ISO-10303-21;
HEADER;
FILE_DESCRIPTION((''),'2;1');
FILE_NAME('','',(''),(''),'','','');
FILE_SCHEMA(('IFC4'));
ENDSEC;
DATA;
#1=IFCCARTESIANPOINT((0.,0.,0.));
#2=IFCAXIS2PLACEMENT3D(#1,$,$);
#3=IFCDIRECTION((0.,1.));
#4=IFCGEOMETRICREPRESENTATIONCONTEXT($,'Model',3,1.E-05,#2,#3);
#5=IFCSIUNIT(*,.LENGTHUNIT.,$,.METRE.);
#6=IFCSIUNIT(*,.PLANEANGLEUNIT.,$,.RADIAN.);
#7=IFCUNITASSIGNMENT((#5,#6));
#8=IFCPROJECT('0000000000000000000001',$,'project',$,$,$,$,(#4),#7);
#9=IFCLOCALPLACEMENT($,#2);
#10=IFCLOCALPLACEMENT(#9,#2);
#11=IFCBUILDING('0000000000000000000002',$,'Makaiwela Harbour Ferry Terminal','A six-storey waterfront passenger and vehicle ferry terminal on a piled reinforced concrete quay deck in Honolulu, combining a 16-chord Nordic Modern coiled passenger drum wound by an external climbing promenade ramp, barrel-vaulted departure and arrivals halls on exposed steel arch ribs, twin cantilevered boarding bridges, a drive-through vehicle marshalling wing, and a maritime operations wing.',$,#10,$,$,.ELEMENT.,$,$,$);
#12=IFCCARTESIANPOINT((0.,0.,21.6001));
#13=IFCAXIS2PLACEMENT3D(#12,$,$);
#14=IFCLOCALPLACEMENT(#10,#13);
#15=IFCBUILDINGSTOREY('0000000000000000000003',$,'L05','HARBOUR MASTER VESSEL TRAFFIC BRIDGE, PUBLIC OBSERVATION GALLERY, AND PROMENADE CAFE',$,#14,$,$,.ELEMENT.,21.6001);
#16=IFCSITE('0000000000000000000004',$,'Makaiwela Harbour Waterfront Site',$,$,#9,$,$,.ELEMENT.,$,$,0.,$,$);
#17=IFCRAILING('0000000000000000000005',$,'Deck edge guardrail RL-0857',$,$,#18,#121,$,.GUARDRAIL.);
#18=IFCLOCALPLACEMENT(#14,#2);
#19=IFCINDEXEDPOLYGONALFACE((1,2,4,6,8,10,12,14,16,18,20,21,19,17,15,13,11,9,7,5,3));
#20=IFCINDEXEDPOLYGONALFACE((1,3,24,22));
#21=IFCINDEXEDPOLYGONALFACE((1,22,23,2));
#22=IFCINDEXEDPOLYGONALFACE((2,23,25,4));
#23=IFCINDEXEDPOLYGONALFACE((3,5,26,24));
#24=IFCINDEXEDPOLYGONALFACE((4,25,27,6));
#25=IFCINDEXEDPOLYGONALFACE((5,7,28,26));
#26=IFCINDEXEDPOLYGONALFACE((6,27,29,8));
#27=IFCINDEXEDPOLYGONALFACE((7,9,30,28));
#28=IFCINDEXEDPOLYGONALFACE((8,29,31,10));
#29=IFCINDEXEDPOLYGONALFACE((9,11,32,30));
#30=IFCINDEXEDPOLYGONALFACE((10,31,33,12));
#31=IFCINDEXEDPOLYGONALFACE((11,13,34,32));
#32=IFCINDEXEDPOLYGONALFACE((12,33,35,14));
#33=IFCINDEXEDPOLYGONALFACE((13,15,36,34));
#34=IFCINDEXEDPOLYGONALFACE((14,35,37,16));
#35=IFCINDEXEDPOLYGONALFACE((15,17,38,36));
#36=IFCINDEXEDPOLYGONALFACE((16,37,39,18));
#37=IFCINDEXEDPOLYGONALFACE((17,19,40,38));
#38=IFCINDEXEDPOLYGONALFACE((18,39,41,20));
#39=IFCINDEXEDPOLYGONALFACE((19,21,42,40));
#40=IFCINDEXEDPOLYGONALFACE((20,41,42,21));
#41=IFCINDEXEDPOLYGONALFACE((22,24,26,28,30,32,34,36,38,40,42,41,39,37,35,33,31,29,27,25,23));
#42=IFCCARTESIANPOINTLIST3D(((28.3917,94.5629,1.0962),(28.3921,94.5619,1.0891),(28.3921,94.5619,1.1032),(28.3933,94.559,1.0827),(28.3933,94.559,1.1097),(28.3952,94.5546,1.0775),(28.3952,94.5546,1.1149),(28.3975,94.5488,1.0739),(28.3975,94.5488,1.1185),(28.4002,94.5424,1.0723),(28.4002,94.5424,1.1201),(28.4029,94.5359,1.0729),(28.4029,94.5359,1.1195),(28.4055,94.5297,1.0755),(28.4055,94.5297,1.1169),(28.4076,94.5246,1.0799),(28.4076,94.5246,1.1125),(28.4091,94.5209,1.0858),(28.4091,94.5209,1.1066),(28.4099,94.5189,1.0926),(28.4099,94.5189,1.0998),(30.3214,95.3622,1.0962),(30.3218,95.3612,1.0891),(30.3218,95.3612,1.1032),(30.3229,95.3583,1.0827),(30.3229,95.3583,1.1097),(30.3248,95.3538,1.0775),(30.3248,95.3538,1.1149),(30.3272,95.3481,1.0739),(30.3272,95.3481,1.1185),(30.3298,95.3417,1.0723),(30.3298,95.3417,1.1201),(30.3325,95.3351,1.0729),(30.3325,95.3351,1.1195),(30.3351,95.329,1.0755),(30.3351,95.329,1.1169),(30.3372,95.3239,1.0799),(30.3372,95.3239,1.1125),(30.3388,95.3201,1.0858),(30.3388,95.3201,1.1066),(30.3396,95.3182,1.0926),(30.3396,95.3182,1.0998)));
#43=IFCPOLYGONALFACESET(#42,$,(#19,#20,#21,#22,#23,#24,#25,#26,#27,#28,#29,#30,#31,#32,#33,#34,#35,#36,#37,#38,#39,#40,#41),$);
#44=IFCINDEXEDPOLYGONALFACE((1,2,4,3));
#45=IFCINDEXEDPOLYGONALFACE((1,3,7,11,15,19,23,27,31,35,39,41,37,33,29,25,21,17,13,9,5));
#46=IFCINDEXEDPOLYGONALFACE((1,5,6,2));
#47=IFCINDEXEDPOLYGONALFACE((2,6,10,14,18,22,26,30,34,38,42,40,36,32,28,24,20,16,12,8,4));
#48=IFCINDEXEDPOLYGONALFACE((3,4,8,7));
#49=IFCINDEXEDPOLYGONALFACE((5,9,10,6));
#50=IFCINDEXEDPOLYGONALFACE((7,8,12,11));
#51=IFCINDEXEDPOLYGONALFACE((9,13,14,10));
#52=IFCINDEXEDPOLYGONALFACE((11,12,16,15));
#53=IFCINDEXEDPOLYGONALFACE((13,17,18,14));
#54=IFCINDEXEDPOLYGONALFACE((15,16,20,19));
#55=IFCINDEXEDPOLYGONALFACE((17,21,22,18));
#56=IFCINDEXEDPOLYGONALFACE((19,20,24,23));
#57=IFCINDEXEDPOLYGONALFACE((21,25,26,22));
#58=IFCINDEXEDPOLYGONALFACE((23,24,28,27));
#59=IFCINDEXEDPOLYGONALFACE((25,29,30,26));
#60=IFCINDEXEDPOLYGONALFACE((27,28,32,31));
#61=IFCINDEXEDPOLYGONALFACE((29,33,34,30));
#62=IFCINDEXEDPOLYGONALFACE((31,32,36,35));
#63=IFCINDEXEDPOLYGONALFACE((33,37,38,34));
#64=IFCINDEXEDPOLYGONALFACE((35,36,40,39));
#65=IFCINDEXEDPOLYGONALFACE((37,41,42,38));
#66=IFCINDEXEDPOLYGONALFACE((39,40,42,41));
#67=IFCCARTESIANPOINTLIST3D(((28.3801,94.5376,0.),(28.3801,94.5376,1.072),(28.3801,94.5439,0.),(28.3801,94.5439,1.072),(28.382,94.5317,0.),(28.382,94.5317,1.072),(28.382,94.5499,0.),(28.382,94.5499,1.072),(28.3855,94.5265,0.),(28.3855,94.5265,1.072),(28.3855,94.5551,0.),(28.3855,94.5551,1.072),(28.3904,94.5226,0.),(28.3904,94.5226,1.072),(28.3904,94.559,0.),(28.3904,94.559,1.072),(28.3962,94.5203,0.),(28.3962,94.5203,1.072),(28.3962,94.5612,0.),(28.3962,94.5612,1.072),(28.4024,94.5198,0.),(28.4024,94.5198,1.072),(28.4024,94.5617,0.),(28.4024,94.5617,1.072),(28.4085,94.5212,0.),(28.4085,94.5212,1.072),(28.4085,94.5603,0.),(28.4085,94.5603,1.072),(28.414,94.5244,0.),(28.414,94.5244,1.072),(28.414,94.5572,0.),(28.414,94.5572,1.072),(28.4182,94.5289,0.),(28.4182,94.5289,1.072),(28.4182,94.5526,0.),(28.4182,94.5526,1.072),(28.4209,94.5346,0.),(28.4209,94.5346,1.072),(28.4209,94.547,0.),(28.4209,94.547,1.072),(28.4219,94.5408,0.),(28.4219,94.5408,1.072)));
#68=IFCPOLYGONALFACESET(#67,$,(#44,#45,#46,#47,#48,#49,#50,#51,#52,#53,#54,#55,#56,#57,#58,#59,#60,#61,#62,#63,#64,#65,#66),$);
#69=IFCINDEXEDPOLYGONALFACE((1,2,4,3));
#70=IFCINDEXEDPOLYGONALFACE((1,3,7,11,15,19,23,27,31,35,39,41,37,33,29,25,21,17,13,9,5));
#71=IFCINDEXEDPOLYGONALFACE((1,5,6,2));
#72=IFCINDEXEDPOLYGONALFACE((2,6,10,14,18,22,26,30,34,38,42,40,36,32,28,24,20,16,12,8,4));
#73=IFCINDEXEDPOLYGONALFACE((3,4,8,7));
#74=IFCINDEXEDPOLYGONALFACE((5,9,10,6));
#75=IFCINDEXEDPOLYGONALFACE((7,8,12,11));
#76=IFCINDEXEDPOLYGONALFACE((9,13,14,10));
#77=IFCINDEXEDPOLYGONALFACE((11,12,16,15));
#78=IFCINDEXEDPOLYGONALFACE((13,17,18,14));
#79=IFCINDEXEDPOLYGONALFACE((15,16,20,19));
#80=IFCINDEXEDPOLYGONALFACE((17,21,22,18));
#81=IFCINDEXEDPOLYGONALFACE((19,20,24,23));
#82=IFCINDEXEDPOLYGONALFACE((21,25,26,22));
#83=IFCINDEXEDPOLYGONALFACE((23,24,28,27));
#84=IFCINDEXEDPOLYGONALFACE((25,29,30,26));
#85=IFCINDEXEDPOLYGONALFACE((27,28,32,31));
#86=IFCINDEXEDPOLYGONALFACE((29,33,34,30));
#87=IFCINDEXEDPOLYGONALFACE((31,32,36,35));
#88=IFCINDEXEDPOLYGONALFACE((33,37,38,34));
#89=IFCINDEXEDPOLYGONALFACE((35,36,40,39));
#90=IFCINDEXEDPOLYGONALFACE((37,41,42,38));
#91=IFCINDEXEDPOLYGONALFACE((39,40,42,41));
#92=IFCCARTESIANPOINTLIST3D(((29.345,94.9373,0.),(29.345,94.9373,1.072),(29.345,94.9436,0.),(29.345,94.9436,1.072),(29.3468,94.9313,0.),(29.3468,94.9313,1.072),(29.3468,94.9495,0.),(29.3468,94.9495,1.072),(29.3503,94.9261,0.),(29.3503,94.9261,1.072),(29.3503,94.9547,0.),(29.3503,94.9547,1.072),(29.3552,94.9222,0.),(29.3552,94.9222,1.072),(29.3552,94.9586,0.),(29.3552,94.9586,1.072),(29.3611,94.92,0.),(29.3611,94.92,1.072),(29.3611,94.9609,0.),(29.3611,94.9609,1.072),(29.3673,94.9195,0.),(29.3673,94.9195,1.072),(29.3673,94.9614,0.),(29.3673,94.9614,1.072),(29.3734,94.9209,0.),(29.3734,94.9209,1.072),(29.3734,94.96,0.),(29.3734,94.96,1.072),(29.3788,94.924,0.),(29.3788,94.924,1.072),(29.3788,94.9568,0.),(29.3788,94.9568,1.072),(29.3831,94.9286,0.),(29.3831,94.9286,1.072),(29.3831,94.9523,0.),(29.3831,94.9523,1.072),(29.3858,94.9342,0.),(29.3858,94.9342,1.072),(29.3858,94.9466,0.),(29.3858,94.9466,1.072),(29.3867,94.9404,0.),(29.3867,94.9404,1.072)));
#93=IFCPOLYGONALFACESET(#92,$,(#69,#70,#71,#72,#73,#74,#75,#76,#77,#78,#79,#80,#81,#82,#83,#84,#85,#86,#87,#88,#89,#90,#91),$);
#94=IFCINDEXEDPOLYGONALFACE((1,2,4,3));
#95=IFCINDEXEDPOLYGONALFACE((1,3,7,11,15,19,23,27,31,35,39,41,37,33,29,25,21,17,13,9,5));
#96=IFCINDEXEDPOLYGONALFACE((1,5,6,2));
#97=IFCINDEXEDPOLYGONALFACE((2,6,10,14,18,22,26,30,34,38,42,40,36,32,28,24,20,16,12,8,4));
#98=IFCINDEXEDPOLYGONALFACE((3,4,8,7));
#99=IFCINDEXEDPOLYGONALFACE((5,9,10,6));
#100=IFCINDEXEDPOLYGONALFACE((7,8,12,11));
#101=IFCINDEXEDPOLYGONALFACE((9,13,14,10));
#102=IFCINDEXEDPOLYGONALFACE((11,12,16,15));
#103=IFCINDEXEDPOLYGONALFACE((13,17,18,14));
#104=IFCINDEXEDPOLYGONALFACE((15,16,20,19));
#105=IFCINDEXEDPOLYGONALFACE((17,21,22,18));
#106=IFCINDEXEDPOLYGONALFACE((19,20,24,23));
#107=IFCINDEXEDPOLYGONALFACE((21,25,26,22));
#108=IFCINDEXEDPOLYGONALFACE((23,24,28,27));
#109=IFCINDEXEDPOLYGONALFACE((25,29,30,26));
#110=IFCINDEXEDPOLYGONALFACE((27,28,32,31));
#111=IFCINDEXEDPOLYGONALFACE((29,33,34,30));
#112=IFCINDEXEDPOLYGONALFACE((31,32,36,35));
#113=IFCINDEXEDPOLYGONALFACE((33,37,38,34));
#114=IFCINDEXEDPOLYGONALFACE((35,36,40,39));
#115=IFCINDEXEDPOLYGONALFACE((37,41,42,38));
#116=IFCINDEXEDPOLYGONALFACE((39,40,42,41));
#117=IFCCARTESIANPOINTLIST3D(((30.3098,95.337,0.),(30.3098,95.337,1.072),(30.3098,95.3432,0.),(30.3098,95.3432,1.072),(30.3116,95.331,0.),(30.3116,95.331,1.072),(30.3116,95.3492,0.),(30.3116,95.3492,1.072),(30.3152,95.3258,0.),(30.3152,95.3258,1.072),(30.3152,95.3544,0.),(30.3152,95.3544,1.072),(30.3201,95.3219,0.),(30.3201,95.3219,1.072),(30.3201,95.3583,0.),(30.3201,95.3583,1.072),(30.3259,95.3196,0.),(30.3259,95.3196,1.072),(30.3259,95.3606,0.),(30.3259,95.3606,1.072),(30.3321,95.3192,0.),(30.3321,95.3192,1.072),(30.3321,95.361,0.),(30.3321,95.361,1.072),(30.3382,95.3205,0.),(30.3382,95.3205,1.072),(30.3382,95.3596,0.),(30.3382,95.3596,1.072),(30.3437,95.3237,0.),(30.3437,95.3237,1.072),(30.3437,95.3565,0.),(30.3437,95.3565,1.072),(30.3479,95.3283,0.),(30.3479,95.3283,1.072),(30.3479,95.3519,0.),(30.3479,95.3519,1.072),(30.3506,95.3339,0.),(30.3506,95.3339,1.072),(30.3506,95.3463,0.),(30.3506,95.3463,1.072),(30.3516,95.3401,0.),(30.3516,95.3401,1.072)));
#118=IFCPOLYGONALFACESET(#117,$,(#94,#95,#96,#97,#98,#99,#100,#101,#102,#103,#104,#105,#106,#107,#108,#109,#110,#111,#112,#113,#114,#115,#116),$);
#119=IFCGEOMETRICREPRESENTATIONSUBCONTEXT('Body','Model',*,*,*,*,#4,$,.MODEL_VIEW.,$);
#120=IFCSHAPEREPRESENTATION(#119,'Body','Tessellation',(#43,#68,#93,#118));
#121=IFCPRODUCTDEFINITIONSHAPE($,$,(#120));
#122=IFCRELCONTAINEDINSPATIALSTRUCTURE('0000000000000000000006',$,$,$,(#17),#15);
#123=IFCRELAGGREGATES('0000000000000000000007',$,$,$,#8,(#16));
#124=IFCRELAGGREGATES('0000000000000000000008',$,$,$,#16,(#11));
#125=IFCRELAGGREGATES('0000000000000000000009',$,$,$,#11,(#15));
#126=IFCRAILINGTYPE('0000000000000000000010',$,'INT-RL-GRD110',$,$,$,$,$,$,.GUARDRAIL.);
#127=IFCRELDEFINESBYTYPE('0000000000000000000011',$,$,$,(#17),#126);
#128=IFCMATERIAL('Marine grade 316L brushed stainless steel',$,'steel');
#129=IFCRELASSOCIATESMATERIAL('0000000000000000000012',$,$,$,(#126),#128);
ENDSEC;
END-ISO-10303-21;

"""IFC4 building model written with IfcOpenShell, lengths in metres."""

from ifc_helpers import new_model, si_unit, direction, frame, origin, origin_2d, place, context, subcontext, project, spatial, circle, extrude, material, type_object, element, save


model = new_model("IFC4")

# Units and contexts
model_context = context("Model", 3, precision=1e-05, world=origin(), true_north=direction((0.0, 1.0)))
body_context = subcontext(model_context, "Body", "Model", "MODEL_VIEW")
ifc_project = project(units=[si_unit("LENGTHUNIT", "METRE"), si_unit("PLANEANGLEUNIT", "RADIAN")], contexts=[model_context])

# Site, building, storey
site_placement = place(None, origin())
site = spatial("IfcSite", under=ifc_project, at=site_placement, Name="Makaiwela Harbour Waterfront Site", CompositionType="ELEMENT", RefElevation=0.0)
building_placement = place(site_placement, origin())
building = spatial("IfcBuilding", under=site, at=building_placement, Name="Makaiwela Harbour Ferry Terminal", Description="A six-storey waterfront passenger and vehicle ferry terminal on a piled reinforced concrete quay deck in Honolulu, combining a 16-chord Nordic Modern coiled passenger drum wound by an external climbing promenade ramp, barrel-vaulted departure and arrivals halls on exposed steel arch ribs, twin cantilevered boarding bridges, a drive-through vehicle marshalling wing, and a maritime operations wing.", CompositionType="ELEMENT")
storey_placement = place(building_placement, frame((0.0, 0.0, 21.6001)))
storey = spatial("IfcBuildingStorey", under=building, at=storey_placement, Name="L05", Description="HARBOUR MASTER VESSEL TRAFFIC BRIDGE, PUBLIC OBSERVATION GALLERY, AND PROMENADE CAFE", CompositionType="ELEMENT", Elevation=21.6001)

# Railing
ifc_material_1 = material(Name="Marine grade 316L brushed stainless steel", Category="steel")
railing_type = type_object("IfcRailingType", Name="INT-RL-GRD110", PredefinedType="GUARDRAIL", material=ifc_material_1)
for number, where, name in (
    (1, (28.4009, 94.5408, 0.0), "Deck edge guardrail RL-0857"),
):
    element("IfcRailing", number, at=place(storey_placement, frame(where)), inside=storey, type_object=railing_type, Name=name, PredefinedType="GUARDRAIL", context=body_context, shape_type="SweptSolid", body=[
        extrude(circle(Radius=0.0239, at=origin_2d()), frame((0.0, 0.0, 1.0962), z_axis=(0.923877, 0.382689, 0.0), x_axis=(-0.382689, 0.923877, 0.0)), (0.0, 0.0, 1.0), 2.0886),
        extrude(circle(Radius=0.021, at=origin_2d()), origin(), (0.0, 0.0, 1.0), 1.072),
        extrude(circle(Radius=0.021, at=origin_2d()), frame((0.9648, 0.3997, 0.0)), (0.0, 0.0, 1.0), 1.072),
        extrude(circle(Radius=0.021, at=origin_2d()), frame((1.9297, 0.7993, 0.0)), (0.0, 0.0, 1.0), 1.072),
    ])

save(model, "model.ifc")
